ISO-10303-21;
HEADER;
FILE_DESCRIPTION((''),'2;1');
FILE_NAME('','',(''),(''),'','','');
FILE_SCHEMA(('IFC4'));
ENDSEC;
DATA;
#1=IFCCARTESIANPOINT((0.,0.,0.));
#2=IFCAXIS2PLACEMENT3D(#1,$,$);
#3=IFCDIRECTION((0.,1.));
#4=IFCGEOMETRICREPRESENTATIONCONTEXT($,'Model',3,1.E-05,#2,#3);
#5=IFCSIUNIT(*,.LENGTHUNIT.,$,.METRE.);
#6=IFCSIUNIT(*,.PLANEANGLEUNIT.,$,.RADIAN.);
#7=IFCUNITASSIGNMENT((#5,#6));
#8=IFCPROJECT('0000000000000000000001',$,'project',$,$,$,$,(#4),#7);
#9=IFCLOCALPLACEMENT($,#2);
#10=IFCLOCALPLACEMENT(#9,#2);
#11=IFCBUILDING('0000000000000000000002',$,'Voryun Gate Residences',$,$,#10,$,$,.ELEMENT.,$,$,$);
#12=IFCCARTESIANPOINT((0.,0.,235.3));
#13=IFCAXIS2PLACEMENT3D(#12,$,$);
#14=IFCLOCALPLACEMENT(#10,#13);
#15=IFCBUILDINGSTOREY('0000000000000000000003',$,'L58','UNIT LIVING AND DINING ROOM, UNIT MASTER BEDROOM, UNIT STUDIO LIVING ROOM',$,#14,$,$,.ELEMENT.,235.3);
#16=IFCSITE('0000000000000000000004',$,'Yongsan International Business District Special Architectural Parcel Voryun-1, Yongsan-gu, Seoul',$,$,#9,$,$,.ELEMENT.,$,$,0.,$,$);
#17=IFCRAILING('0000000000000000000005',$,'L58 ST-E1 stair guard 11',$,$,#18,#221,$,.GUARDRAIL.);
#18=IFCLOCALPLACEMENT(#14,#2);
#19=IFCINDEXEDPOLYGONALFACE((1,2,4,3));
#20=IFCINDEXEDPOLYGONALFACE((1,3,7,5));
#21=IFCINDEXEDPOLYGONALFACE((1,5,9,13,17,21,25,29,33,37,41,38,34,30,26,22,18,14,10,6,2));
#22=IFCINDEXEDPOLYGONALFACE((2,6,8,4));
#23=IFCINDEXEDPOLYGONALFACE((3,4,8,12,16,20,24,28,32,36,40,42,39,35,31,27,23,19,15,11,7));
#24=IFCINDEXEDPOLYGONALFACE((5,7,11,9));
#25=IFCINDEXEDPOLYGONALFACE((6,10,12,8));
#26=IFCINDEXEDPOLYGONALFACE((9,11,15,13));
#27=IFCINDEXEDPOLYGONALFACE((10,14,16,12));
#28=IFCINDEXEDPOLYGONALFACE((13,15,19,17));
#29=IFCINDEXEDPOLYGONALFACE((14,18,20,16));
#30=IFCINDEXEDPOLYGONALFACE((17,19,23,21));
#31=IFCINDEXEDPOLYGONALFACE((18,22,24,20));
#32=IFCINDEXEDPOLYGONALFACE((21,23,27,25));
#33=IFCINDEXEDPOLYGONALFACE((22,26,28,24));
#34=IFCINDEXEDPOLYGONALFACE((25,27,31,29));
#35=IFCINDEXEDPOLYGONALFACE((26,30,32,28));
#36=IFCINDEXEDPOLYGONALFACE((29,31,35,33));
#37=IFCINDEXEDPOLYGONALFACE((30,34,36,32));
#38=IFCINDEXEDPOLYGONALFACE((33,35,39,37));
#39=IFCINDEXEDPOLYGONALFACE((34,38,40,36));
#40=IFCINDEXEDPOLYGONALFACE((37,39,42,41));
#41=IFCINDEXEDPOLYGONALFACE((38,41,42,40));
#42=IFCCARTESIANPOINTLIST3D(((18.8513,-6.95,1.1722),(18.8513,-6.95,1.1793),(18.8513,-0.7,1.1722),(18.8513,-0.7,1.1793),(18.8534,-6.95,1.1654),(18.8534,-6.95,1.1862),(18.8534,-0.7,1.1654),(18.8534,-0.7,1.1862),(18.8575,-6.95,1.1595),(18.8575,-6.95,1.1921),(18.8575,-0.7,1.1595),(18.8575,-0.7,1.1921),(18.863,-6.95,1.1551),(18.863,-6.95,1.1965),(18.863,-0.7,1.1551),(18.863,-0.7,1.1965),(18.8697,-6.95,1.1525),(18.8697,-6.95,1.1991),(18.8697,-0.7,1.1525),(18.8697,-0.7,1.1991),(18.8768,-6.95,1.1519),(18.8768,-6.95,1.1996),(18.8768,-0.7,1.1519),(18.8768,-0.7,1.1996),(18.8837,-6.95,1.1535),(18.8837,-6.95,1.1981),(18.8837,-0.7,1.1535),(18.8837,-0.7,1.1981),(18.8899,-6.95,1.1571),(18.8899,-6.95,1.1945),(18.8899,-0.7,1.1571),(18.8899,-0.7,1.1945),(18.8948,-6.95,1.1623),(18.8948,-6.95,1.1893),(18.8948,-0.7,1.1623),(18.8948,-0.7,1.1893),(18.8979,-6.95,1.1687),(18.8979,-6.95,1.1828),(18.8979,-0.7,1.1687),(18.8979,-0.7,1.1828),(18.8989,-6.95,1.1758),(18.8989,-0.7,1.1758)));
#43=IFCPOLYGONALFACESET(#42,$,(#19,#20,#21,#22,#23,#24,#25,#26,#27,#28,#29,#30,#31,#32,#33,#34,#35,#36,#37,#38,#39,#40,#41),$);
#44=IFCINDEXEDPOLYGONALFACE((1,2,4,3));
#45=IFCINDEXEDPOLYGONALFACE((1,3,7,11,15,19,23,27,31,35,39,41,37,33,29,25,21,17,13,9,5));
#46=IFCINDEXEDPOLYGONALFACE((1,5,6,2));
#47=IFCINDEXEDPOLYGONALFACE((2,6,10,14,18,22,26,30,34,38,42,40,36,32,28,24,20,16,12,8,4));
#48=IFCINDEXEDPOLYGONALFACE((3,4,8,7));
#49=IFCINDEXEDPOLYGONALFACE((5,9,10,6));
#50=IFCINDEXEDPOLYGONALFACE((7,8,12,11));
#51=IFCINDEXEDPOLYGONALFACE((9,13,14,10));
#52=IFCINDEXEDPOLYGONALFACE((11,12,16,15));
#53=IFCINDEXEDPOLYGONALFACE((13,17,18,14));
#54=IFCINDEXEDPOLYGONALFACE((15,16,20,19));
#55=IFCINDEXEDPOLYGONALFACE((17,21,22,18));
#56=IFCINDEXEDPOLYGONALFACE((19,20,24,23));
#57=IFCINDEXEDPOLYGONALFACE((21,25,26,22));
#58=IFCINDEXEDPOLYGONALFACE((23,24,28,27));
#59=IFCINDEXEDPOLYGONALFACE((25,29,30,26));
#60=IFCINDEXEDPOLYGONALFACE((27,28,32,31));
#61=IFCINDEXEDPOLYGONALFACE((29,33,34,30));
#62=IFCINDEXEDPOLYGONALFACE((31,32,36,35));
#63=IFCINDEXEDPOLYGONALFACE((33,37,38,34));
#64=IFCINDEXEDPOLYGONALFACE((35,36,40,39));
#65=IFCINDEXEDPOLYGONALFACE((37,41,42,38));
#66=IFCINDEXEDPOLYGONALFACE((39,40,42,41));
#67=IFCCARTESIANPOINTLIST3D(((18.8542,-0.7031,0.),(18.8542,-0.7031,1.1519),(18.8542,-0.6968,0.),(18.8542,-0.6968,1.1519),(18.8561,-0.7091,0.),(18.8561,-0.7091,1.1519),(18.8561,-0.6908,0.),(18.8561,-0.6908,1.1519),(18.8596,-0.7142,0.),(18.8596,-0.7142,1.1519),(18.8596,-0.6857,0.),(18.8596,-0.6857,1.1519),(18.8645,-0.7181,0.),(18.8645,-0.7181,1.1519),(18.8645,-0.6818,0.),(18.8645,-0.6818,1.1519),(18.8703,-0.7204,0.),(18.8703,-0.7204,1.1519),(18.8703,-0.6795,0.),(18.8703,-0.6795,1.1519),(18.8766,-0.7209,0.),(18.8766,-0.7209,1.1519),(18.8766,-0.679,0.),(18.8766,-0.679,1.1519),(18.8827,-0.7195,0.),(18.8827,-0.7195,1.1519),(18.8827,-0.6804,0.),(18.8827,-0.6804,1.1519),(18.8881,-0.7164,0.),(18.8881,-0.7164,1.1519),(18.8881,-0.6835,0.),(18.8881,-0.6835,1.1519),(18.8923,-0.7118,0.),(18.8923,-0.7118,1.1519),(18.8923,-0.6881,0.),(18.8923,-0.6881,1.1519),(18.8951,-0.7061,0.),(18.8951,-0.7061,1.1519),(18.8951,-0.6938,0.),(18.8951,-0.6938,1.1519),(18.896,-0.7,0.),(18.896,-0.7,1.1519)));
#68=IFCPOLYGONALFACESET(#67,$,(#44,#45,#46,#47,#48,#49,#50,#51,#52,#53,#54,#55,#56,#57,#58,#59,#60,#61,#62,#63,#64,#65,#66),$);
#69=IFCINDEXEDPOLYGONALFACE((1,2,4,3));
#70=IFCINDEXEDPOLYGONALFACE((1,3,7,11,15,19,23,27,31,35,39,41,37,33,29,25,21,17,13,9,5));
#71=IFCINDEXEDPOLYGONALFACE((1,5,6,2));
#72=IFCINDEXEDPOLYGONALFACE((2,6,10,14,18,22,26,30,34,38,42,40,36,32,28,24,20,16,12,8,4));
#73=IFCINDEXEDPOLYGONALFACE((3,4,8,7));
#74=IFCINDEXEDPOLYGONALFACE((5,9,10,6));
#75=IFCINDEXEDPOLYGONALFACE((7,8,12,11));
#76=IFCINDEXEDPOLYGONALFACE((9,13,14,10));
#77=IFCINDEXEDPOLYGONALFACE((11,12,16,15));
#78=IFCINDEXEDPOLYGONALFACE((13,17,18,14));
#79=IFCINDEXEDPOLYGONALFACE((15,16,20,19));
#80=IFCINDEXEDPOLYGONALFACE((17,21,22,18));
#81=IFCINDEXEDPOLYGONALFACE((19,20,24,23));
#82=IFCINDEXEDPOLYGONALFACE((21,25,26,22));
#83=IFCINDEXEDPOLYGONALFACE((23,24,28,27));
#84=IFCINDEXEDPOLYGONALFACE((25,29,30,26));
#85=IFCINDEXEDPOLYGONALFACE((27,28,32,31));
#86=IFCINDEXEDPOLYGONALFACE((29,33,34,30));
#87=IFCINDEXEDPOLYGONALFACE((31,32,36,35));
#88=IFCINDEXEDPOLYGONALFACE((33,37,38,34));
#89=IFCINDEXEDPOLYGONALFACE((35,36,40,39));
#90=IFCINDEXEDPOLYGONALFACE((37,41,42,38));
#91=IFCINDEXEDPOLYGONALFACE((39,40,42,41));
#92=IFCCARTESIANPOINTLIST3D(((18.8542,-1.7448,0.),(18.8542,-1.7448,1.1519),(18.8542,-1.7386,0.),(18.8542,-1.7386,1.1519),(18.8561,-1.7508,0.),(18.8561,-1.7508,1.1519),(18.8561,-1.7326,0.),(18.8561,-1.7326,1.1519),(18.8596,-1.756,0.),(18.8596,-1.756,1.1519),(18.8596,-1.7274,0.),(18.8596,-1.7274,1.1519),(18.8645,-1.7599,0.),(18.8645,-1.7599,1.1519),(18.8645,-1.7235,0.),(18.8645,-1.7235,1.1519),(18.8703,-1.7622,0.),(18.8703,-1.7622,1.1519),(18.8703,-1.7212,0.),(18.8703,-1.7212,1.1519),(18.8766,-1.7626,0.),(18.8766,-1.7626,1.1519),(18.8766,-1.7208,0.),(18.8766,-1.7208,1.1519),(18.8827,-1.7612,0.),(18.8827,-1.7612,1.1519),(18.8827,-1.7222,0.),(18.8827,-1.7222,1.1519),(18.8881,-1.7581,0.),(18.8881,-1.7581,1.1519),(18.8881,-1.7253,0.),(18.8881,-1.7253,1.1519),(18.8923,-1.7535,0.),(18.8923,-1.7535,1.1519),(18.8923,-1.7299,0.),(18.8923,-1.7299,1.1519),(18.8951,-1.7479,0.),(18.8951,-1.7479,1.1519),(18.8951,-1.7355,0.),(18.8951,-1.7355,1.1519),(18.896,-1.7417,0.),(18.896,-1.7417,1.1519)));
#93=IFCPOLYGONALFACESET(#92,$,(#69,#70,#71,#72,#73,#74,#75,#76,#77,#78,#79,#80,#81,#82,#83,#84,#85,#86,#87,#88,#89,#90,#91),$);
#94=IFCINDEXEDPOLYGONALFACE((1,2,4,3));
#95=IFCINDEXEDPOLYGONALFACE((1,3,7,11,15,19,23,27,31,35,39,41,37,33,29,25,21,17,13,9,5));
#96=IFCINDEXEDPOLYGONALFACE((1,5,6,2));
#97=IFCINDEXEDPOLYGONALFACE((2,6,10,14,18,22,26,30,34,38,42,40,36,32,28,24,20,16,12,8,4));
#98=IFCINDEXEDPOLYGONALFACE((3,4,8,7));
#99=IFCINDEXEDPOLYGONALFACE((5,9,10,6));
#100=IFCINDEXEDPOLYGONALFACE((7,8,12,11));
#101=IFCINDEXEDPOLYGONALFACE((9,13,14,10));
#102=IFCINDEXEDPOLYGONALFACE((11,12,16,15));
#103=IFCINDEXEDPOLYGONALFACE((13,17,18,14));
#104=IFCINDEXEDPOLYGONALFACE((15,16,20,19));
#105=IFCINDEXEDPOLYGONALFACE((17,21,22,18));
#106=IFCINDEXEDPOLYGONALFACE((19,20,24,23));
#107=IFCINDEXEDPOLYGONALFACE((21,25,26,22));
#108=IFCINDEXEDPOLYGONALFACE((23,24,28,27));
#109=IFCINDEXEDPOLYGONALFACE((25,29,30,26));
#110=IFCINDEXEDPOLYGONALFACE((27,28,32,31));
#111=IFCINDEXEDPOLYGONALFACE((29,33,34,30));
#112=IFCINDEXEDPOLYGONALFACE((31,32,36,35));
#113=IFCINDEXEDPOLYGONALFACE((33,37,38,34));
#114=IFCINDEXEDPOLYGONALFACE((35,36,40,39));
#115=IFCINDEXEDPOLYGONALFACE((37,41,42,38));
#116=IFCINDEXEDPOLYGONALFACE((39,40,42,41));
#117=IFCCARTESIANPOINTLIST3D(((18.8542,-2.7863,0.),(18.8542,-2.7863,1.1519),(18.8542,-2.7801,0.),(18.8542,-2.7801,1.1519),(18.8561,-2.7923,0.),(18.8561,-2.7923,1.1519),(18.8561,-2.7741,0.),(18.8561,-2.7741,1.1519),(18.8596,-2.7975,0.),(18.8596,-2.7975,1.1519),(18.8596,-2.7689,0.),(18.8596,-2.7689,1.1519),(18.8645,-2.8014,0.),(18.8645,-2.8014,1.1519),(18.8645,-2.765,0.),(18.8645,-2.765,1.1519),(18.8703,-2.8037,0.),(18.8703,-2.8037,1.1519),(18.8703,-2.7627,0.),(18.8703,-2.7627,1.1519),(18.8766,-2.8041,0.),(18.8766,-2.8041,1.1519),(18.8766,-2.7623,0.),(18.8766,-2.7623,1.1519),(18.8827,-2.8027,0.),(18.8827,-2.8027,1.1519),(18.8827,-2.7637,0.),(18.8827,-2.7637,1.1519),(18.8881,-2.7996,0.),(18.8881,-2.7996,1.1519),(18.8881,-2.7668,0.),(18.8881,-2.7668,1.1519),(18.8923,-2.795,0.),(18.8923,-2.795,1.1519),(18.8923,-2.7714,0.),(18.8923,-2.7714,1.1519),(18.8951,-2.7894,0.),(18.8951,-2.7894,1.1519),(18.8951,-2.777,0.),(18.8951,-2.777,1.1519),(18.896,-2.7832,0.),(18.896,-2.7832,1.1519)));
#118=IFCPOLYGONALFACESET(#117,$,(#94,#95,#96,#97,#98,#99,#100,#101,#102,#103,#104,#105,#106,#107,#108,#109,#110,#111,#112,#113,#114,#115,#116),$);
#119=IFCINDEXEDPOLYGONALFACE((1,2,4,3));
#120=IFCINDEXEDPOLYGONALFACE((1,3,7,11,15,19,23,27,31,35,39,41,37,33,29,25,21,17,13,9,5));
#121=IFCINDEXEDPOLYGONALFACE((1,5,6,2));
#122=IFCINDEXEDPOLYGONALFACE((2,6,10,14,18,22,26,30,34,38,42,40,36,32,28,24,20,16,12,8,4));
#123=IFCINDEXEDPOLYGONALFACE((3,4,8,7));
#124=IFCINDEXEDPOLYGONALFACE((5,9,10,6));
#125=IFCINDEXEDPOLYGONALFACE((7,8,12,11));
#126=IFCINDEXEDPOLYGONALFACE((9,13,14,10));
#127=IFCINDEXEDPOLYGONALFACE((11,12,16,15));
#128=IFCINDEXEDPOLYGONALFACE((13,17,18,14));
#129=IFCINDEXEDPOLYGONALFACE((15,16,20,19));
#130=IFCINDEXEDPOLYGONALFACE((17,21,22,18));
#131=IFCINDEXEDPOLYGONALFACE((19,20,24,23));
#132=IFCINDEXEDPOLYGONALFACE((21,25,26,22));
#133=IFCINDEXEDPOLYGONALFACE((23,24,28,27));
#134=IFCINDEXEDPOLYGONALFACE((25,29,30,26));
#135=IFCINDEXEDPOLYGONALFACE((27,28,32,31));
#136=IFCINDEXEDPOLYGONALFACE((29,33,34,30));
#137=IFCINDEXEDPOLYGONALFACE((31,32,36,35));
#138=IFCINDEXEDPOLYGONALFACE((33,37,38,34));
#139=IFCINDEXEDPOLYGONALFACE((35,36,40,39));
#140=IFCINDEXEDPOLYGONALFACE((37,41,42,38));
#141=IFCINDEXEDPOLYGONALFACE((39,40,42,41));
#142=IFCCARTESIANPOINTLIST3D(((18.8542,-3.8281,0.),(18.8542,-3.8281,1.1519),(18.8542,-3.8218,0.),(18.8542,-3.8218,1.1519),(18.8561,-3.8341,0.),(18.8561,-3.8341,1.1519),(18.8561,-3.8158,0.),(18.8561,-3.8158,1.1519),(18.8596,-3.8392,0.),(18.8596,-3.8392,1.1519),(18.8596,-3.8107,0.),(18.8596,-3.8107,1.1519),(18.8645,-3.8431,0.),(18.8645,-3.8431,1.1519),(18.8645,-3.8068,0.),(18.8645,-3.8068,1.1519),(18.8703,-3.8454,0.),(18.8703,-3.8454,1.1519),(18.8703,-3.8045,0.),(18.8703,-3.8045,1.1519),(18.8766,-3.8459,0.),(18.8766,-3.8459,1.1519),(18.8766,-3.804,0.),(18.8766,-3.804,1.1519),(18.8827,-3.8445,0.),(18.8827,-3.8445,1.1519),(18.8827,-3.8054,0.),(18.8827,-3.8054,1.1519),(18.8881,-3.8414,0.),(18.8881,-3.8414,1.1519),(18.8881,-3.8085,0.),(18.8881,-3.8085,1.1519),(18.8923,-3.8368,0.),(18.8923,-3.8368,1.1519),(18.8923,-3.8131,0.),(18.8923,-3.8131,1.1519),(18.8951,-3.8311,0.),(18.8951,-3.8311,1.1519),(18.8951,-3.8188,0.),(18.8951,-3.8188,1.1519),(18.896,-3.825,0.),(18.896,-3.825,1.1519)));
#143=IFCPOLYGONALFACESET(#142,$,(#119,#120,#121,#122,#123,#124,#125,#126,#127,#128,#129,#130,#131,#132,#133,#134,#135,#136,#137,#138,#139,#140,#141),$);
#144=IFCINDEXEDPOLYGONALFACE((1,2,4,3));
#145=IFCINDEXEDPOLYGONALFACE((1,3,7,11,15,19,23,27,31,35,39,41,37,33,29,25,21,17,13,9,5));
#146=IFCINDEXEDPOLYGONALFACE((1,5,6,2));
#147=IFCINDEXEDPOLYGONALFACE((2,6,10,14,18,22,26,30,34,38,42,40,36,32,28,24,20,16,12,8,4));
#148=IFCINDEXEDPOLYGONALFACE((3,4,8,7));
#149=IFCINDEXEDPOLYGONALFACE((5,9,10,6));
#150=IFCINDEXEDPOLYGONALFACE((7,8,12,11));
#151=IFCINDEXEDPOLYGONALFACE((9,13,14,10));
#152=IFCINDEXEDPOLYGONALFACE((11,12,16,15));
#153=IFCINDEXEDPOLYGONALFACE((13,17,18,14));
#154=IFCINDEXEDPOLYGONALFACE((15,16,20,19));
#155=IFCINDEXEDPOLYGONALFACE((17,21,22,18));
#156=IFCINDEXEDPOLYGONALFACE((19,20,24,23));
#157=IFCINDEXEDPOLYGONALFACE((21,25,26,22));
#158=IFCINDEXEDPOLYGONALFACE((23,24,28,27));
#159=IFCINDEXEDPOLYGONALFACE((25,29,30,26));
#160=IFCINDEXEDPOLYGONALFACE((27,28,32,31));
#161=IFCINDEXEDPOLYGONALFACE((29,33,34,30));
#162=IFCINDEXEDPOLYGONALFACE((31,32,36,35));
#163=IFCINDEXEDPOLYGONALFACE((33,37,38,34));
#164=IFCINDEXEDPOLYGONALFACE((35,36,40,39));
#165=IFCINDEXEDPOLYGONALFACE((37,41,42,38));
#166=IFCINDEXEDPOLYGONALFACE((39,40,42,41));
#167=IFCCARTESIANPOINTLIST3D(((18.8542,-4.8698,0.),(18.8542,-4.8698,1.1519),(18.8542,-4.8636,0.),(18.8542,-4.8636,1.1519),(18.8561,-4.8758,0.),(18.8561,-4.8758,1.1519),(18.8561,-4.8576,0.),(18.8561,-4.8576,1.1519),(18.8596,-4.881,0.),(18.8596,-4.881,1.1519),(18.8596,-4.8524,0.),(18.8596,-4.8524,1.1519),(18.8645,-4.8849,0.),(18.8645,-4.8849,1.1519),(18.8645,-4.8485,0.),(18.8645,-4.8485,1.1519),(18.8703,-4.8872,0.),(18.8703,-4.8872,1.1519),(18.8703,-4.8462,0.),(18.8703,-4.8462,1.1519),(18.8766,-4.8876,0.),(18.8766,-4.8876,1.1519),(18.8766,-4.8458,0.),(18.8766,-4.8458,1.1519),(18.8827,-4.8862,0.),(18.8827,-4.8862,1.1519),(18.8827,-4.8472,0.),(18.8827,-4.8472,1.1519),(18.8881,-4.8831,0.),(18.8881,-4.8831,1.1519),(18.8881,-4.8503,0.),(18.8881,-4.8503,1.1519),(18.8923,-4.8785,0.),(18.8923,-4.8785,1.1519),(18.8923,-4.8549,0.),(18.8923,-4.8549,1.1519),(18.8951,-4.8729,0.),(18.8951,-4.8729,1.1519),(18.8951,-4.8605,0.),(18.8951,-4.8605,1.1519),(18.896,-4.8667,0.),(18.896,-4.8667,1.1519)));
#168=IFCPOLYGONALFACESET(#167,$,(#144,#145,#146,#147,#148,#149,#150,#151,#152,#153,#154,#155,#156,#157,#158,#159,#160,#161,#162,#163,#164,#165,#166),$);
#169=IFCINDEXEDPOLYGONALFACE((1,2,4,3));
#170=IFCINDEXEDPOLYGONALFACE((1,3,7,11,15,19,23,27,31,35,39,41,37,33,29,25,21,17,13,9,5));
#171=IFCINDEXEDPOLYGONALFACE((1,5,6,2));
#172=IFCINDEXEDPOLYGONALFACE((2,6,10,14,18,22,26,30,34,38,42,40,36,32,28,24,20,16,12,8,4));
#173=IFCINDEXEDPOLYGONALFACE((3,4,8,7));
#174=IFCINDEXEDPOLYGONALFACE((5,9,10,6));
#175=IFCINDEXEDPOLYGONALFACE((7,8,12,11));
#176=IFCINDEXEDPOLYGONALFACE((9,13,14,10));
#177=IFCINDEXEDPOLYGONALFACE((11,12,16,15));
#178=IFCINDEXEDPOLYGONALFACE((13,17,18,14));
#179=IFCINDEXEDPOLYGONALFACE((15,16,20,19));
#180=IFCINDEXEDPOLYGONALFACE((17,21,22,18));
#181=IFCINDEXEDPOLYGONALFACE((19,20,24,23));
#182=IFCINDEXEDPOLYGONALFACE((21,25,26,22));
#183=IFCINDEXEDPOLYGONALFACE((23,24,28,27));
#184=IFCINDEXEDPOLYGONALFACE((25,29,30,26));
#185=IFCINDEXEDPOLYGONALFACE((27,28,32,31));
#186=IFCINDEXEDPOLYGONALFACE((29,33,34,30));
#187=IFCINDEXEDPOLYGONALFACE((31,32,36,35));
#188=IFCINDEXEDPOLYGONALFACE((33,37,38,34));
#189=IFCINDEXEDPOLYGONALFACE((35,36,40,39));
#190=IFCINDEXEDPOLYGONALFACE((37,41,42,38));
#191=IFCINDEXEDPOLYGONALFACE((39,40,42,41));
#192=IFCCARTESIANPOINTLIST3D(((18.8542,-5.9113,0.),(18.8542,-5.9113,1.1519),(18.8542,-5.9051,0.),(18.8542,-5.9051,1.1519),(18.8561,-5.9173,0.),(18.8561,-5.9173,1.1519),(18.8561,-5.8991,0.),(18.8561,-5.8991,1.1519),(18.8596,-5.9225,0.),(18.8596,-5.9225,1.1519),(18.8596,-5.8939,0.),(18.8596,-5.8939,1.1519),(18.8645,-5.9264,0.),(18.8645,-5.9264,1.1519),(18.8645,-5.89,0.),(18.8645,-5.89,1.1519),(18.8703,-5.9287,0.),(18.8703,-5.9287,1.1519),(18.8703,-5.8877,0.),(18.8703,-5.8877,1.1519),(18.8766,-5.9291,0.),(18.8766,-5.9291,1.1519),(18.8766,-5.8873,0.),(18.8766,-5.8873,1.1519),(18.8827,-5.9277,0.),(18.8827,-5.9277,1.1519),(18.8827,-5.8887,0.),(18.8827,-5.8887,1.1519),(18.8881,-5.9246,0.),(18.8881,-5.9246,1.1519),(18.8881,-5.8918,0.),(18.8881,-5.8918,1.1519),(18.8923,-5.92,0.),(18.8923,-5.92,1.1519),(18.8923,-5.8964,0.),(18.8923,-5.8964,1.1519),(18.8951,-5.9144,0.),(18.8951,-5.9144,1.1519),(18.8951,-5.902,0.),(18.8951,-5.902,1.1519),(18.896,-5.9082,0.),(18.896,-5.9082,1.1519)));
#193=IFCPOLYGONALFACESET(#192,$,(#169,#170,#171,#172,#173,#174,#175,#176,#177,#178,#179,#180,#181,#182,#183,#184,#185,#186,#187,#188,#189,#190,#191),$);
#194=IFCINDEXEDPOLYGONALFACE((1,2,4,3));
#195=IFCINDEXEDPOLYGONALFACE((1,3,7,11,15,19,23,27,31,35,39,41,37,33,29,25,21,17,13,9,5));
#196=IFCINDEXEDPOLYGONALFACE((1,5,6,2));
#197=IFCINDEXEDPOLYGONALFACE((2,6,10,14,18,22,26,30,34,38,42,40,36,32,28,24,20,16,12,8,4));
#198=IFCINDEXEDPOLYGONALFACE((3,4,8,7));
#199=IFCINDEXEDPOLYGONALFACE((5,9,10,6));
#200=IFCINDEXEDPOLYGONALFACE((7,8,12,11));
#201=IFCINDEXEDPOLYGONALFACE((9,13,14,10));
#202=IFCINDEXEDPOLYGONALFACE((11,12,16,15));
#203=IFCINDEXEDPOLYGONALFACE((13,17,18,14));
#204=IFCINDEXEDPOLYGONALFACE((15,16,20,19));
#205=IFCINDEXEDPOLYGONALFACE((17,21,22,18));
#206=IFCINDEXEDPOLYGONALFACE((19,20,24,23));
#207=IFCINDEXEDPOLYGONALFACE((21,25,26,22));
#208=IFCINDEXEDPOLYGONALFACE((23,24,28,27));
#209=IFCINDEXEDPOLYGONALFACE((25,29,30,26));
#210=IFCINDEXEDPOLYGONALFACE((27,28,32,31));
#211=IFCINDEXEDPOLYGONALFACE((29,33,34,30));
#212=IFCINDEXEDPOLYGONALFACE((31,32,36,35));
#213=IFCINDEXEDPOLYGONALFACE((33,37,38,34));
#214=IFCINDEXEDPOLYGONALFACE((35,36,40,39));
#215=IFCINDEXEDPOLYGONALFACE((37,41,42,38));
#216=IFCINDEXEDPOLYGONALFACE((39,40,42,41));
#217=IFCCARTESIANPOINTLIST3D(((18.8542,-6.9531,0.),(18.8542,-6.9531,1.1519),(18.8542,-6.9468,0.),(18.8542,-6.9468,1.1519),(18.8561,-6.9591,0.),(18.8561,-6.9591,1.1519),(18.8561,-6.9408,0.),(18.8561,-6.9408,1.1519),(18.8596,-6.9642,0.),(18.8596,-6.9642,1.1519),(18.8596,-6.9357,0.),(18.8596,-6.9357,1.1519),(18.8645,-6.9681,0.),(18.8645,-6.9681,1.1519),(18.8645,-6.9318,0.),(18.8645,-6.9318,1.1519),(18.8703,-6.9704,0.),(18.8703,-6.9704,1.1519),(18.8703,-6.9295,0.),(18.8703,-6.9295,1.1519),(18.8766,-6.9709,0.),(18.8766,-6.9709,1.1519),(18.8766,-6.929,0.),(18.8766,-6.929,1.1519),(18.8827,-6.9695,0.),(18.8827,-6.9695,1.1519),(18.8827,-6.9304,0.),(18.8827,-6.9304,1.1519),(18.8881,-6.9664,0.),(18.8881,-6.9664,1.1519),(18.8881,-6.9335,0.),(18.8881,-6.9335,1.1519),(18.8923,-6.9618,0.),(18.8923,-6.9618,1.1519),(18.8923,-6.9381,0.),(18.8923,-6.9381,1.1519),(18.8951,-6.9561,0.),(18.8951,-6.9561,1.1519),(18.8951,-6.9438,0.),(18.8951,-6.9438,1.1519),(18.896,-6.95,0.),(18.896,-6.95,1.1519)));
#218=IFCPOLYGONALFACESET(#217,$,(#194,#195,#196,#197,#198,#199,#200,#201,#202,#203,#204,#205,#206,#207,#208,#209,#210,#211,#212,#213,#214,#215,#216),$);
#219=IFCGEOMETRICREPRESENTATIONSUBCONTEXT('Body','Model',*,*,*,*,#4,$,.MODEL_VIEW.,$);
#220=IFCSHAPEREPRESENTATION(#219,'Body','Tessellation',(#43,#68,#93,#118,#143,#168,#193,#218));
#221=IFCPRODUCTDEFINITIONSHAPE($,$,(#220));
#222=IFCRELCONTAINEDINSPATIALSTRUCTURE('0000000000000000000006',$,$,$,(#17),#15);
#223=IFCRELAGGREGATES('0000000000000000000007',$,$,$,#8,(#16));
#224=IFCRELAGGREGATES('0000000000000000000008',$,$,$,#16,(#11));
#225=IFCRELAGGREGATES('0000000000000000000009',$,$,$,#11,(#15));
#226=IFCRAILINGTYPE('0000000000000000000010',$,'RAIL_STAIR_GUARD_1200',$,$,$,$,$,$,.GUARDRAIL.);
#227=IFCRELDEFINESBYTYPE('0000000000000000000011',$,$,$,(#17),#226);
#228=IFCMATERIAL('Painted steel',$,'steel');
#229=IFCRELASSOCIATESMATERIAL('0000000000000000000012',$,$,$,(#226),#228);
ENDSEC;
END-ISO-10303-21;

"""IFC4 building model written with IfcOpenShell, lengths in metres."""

from ifc_helpers import new_model, si_unit, direction, frame, origin, origin_2d, place, context, subcontext, project, spatial, circle, extrude, material, type_object, element, save


model = new_model("IFC4")

# Units and contexts
model_context = context("Model", 3, precision=1e-05, world=origin(), true_north=direction((0.0, 1.0)))
body_context = subcontext(model_context, "Body", "Model", "MODEL_VIEW")
ifc_project = project(units=[si_unit("LENGTHUNIT", "METRE"), si_unit("PLANEANGLEUNIT", "RADIAN")], contexts=[model_context])

# Site, building, storey
site_placement = place(None, origin())
site = spatial("IfcSite", under=ifc_project, at=site_placement, Name="Yongsan International Business District Special Architectural Parcel Voryun-1, Yongsan-gu, Seoul", CompositionType="ELEMENT", RefElevation=0.0)
building_placement = place(site_placement, origin())
building = spatial("IfcBuilding", under=site, at=building_placement, Name="Voryun Gate Residences", CompositionType="ELEMENT")
storey_placement = place(building_placement, frame((0.0, 0.0, 235.3)))
storey = spatial("IfcBuildingStorey", under=building, at=storey_placement, Name="L58", Description="UNIT LIVING AND DINING ROOM, UNIT MASTER BEDROOM, UNIT STUDIO LIVING ROOM", CompositionType="ELEMENT", Elevation=235.3)

# Railing
ifc_material_1 = material(Name="Painted steel", Category="steel")
railing_type_1 = type_object("IfcRailingType", Name="RAIL_STAIR_GUARD_1200", PredefinedType="GUARDRAIL", material=ifc_material_1)
railing_1_placement = place(storey_placement, frame((18.875, -0.7, 0.0)))
element("IfcRailing", 1, at=railing_1_placement, inside=storey, type_object=railing_type_1, Name="L58 ST-E1 stair guard 11", PredefinedType="GUARDRAIL", context=body_context, shape_type="SweptSolid", body=[
    extrude(circle(Radius=0.0239, at=origin_2d()), frame((0.0, 0.0, 1.1758), z_axis=(0.0, -1.0, 0.0), x_axis=(1.0, 0.0, 0.0)), (0.0, 0.0, 1.0), 6.25),
    extrude(circle(Radius=0.021, at=origin_2d()), origin(), (0.0, 0.0, 1.0), 1.1519),
    extrude(circle(Radius=0.021, at=origin_2d()), frame((0.0, -1.0417, 0.0)), (0.0, 0.0, 1.0), 1.1519),
    extrude(circle(Radius=0.021, at=origin_2d()), frame((0.0, -2.0833, 0.0)), (0.0, 0.0, 1.0), 1.1519),
    extrude(circle(Radius=0.021, at=origin_2d()), frame((0.0, -3.125, 0.0)), (0.0, 0.0, 1.0), 1.1519),
    extrude(circle(Radius=0.021, at=origin_2d()), frame((0.0, -4.1667, 0.0)), (0.0, 0.0, 1.0), 1.1519),
    extrude(circle(Radius=0.021, at=origin_2d()), frame((0.0, -5.2083, 0.0)), (0.0, 0.0, 1.0), 1.1519),
    extrude(circle(Radius=0.021, at=origin_2d()), frame((0.0, -6.25, 0.0)), (0.0, 0.0, 1.0), 1.1519),
])

save(model, "model.ifc")
